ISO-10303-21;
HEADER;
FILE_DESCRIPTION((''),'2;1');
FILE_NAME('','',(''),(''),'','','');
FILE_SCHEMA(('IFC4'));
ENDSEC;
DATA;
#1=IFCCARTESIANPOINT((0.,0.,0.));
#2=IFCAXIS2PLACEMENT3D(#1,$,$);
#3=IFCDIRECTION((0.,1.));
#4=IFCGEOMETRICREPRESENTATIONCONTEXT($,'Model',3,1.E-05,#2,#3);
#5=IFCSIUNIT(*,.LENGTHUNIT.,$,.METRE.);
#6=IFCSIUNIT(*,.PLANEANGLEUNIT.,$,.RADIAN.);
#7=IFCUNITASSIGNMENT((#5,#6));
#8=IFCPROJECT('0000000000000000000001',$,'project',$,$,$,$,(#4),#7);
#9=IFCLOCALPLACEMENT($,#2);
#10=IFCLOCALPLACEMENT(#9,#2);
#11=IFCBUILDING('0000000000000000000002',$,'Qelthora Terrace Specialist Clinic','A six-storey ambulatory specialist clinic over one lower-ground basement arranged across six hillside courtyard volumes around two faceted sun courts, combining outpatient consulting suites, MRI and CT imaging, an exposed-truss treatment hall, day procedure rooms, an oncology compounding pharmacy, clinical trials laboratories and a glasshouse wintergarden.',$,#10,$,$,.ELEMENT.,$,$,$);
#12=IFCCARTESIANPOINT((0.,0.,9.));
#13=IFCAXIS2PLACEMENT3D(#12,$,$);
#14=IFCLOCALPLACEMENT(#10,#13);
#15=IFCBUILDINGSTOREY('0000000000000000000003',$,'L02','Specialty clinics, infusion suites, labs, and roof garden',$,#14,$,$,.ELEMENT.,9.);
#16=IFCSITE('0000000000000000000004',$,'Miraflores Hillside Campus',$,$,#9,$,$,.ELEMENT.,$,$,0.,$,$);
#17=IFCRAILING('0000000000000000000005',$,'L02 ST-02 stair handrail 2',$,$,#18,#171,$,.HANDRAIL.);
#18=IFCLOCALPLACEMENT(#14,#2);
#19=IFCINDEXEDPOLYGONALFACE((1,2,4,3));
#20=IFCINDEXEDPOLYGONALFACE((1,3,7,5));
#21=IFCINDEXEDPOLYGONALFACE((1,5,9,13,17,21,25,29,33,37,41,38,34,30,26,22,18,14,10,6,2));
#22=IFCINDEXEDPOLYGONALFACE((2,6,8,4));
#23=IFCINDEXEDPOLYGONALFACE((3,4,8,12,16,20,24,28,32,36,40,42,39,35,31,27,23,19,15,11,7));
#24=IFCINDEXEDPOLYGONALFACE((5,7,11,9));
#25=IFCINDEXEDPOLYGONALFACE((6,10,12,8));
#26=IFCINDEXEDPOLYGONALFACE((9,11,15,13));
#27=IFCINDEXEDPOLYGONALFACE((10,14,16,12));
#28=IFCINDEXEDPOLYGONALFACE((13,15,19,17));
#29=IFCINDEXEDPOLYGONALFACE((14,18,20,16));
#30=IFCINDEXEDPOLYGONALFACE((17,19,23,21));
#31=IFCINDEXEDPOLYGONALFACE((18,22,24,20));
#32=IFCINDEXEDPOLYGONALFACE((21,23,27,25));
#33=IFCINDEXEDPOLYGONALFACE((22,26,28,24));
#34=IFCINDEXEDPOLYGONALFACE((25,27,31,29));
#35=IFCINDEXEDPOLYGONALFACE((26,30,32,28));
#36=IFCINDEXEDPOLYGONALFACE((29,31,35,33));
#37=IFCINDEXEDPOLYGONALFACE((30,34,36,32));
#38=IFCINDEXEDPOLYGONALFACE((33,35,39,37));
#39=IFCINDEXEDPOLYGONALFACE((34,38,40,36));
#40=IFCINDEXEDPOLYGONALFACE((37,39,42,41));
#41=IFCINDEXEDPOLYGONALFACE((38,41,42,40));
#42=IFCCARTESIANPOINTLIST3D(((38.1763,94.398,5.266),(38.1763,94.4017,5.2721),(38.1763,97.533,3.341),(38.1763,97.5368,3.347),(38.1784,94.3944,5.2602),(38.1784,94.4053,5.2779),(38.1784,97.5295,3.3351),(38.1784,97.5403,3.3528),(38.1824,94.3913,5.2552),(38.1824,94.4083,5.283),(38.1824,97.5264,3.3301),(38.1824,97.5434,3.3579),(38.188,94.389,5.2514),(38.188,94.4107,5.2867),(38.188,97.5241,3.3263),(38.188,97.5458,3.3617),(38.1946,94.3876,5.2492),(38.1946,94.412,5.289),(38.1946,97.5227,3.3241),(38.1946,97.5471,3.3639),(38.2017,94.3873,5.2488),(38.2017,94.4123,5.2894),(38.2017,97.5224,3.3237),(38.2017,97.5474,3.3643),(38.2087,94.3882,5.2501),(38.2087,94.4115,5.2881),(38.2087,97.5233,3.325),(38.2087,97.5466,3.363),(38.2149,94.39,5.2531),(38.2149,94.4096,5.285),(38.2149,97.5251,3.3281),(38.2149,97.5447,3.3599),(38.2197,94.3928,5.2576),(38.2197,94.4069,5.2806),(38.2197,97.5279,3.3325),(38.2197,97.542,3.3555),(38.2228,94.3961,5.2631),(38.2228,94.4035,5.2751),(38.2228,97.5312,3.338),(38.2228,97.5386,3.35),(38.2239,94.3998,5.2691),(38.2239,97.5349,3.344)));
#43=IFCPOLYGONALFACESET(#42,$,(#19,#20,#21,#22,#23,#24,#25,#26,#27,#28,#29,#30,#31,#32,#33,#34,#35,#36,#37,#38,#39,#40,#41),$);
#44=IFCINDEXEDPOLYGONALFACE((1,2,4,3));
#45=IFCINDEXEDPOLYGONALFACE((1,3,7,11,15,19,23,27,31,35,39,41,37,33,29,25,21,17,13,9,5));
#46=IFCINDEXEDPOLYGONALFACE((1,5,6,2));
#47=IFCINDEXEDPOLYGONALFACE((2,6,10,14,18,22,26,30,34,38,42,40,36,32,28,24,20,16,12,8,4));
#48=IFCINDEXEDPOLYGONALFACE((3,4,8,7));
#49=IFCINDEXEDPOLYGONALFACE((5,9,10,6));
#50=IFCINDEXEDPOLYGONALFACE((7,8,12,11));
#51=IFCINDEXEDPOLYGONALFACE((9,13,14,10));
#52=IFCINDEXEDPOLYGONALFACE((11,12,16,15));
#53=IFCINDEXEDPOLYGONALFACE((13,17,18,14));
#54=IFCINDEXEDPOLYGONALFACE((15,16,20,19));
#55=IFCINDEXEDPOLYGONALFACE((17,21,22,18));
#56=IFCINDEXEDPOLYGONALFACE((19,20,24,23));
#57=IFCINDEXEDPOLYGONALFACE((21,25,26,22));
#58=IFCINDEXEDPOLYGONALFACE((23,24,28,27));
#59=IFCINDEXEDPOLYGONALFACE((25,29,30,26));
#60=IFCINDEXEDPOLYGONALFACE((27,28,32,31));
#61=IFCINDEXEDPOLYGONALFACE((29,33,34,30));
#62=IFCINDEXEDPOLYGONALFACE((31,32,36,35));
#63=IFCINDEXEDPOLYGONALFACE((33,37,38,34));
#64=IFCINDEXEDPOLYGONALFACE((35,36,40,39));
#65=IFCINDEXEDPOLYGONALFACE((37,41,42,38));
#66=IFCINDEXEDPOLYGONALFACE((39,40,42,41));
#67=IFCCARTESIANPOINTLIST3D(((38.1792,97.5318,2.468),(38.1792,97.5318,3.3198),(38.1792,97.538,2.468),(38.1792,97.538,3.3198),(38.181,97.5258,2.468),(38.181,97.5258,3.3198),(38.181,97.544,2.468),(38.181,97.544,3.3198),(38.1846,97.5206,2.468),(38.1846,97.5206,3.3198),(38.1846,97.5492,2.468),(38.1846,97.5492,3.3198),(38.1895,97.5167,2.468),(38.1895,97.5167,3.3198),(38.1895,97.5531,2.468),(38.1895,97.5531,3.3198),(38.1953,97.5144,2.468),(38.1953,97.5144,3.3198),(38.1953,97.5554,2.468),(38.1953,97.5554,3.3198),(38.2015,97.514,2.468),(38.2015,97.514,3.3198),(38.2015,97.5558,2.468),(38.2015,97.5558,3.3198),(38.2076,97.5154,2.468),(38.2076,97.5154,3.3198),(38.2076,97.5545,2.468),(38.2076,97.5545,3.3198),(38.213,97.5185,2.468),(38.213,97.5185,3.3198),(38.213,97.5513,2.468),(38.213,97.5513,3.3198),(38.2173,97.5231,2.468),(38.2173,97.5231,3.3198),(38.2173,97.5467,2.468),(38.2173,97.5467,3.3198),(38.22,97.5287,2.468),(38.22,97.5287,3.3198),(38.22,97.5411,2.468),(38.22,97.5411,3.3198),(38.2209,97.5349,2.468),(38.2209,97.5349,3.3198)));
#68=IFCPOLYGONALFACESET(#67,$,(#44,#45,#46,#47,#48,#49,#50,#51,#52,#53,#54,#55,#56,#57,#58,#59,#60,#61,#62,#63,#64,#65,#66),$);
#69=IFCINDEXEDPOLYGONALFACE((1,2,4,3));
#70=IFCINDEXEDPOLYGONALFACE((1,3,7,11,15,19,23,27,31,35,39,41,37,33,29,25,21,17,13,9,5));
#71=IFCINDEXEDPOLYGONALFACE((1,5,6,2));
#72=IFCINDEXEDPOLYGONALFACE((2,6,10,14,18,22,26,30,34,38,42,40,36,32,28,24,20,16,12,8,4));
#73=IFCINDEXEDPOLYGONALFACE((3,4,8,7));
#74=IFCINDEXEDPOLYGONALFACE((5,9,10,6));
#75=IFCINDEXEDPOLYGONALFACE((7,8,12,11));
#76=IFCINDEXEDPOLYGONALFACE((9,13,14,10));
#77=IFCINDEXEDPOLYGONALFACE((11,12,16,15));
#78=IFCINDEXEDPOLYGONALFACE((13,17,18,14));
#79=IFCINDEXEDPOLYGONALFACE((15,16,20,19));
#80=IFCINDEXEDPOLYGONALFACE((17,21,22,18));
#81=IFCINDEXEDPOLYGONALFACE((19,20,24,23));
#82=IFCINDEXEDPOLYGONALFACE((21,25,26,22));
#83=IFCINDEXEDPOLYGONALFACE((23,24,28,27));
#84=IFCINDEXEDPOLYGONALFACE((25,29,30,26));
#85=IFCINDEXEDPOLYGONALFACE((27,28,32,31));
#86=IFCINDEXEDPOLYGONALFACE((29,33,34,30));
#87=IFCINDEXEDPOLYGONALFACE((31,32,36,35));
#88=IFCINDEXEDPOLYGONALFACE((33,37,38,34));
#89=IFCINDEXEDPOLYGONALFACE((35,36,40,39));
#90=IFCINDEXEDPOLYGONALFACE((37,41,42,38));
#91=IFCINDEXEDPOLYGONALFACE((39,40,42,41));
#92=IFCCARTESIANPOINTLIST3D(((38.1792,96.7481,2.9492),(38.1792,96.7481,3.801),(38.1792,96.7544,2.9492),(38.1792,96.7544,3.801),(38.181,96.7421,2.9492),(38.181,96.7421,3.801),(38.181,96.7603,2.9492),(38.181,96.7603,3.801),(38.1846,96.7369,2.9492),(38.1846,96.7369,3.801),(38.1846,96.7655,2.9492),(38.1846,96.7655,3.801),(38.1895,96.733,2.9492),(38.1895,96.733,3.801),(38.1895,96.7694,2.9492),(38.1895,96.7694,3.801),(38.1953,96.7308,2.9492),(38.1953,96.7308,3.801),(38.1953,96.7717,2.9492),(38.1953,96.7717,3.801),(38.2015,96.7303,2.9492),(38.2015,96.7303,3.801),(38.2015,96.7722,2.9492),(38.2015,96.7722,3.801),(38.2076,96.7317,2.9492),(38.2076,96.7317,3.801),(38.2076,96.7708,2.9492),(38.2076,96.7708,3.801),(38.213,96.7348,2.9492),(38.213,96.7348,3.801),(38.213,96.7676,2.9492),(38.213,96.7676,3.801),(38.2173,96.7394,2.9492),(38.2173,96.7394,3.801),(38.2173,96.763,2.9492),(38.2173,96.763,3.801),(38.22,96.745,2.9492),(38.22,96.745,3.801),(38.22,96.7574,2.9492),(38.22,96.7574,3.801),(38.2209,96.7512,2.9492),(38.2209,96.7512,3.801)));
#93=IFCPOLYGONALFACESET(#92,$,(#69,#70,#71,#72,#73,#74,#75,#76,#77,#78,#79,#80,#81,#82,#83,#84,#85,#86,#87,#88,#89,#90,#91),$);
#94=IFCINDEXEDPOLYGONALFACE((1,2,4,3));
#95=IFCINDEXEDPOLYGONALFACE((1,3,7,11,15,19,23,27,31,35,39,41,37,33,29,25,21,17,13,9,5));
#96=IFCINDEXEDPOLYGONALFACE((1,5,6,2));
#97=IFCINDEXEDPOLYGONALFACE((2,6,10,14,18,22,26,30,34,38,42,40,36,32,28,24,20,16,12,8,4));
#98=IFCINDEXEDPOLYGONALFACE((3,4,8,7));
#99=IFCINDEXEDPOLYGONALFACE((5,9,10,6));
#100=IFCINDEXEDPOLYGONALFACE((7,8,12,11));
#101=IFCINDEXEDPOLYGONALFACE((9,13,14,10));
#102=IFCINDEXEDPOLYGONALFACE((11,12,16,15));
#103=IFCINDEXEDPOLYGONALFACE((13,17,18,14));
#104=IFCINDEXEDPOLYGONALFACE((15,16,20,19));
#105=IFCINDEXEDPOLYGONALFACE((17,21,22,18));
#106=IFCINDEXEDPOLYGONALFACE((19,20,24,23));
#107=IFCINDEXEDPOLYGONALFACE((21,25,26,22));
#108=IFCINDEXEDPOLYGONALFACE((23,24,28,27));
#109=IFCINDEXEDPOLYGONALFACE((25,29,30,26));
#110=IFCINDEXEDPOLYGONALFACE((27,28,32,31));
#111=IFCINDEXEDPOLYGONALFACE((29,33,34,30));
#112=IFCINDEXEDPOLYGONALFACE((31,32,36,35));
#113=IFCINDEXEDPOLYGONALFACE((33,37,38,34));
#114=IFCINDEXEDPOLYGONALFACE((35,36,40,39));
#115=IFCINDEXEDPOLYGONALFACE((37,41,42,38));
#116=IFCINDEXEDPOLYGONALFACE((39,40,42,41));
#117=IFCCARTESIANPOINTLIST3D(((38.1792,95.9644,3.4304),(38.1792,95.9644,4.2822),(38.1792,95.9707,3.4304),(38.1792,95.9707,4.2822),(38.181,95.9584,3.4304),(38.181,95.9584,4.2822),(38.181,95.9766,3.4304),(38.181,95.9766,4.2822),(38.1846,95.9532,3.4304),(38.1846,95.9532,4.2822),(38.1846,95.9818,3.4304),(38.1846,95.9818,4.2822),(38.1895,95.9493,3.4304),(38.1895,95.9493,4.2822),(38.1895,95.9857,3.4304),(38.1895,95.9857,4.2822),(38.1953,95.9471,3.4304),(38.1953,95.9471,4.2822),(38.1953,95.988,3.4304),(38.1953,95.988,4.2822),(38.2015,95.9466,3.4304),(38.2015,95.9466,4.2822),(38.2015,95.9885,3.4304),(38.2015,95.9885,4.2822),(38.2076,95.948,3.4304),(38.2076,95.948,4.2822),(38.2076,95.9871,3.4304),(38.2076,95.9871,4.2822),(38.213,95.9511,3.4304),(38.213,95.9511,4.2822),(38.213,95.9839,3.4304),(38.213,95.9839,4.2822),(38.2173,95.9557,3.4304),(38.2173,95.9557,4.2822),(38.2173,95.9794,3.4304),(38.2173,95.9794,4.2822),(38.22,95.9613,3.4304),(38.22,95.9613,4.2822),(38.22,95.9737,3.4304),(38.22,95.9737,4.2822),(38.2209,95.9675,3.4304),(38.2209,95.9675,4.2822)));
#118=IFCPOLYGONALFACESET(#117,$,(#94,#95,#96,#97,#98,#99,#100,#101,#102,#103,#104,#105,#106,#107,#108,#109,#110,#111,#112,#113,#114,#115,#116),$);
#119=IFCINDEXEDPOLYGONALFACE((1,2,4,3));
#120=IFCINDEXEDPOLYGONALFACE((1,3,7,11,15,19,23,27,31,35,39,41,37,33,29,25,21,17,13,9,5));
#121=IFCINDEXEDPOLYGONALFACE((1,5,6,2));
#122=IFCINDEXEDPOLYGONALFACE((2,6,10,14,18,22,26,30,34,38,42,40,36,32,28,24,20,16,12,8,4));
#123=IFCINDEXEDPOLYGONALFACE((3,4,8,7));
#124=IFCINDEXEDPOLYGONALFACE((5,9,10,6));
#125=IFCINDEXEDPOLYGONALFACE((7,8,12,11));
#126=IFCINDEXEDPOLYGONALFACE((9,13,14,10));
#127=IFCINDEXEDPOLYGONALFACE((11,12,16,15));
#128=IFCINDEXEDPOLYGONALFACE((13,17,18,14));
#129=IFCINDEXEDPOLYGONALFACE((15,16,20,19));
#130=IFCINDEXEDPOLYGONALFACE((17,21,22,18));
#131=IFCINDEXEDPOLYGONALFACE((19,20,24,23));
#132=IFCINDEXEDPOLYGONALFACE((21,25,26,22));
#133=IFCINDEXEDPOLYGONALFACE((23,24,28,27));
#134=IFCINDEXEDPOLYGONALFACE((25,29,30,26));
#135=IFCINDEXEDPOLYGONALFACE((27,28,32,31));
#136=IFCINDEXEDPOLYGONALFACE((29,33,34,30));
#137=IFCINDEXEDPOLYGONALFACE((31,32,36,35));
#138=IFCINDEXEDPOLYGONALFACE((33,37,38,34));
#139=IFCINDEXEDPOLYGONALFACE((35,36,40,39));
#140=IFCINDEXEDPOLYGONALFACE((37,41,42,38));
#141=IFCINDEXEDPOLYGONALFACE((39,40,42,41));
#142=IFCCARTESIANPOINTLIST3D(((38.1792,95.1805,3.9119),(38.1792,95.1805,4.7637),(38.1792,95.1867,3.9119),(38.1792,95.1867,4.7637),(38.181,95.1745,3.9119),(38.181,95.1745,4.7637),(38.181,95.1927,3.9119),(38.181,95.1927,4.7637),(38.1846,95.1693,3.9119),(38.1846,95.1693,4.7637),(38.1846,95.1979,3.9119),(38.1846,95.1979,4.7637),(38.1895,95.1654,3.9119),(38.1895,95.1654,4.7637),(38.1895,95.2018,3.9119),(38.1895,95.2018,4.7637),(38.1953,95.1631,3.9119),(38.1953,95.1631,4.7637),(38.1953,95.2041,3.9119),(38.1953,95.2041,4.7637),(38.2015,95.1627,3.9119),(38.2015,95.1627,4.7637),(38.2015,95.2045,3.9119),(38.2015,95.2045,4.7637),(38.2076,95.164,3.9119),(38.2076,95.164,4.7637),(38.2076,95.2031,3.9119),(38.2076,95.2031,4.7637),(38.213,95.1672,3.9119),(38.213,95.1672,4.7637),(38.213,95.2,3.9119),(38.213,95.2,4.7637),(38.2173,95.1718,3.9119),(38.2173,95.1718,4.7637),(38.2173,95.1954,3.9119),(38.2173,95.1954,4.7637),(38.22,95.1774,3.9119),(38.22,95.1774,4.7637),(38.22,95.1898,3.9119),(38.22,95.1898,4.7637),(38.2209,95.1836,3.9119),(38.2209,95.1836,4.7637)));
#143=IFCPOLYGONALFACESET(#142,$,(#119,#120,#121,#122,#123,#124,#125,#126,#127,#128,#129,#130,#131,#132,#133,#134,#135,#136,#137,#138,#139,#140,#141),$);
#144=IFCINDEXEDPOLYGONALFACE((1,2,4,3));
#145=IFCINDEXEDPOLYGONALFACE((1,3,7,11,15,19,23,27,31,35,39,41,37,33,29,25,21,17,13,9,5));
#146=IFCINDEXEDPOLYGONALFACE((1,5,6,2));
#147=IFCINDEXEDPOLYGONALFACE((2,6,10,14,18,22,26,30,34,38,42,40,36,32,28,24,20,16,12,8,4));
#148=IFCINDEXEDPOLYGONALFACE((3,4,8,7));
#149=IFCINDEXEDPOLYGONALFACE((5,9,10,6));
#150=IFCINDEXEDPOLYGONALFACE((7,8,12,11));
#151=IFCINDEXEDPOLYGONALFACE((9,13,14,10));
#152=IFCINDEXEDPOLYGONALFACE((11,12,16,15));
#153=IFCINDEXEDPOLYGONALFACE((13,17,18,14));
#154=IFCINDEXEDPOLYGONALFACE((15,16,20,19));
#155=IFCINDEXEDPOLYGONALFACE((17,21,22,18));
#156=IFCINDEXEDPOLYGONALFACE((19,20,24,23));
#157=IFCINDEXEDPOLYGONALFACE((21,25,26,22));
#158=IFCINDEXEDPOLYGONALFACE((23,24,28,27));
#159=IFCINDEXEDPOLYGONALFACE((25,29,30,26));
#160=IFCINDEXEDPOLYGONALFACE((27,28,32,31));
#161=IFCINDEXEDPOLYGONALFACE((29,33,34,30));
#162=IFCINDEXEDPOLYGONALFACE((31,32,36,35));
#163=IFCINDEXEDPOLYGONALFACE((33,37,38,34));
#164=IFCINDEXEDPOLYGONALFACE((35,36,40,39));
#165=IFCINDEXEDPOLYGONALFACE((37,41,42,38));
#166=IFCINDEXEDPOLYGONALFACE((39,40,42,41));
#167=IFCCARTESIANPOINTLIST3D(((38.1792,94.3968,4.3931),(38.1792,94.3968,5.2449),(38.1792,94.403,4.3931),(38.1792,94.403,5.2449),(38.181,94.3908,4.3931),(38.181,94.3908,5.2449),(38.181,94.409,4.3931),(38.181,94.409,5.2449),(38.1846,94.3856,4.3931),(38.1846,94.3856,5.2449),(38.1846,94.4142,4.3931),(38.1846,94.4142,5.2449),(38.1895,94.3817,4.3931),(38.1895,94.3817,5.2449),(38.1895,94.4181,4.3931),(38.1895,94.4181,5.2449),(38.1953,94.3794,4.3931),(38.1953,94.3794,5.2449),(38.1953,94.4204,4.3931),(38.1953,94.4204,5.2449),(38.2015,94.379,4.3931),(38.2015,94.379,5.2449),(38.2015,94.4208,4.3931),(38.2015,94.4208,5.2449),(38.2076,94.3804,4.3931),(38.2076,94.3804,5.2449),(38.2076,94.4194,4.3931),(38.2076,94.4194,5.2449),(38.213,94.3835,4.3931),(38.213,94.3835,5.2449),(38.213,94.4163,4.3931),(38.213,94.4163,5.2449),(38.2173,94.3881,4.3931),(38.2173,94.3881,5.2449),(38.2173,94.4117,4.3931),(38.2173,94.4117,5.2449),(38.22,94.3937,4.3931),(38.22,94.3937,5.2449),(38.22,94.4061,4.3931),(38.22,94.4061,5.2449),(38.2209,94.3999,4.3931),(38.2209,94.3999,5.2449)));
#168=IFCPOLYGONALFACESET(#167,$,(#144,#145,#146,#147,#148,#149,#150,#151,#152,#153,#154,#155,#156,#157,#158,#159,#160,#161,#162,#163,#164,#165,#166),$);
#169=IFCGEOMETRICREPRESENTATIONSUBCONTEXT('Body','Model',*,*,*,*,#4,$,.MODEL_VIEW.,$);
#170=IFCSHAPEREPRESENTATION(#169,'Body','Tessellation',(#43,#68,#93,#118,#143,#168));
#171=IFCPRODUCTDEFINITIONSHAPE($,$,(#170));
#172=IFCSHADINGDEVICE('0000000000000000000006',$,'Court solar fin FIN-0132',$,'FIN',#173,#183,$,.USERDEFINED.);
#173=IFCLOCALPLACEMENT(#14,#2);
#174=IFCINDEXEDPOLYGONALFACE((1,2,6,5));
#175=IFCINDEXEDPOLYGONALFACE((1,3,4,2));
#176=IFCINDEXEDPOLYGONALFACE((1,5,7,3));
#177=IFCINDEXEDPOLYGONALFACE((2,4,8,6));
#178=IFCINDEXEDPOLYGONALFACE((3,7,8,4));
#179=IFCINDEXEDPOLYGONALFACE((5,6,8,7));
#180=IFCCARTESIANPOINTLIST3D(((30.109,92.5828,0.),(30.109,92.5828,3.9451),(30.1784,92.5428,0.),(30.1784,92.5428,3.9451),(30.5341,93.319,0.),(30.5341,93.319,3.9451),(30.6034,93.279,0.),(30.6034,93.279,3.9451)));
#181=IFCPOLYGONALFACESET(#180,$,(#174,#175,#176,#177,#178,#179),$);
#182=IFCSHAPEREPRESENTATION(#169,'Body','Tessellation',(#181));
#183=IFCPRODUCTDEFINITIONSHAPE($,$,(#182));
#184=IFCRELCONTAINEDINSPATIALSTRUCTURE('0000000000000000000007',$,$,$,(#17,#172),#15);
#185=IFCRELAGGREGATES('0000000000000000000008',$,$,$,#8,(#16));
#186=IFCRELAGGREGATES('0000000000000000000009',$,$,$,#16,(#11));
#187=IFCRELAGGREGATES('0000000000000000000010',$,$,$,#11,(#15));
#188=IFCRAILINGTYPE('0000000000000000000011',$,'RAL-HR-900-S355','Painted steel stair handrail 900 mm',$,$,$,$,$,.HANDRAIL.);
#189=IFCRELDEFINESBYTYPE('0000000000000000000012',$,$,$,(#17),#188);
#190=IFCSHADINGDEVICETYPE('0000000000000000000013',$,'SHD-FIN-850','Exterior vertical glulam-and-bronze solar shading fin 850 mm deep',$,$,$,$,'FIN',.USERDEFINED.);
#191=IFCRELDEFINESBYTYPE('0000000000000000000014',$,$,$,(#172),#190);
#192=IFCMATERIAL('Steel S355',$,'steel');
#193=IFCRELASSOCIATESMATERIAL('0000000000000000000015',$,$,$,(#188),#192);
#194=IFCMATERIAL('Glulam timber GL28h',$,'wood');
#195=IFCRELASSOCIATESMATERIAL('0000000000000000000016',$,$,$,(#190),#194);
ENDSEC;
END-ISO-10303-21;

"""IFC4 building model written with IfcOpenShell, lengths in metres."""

from ifc_helpers import new_model, si_unit, direction, frame, origin, origin_2d, place, context, subcontext, project, spatial, rectangle, circle, extrude, material, type_object, element, save


model = new_model("IFC4")

# Units and contexts
model_context = context("Model", 3, precision=1e-05, world=origin(), true_north=direction((0.0, 1.0)))
body_context = subcontext(model_context, "Body", "Model", "MODEL_VIEW")
ifc_project = project(units=[si_unit("LENGTHUNIT", "METRE"), si_unit("PLANEANGLEUNIT", "RADIAN")], contexts=[model_context])

# Site, building, storey
site_placement = place(None, origin())
site = spatial("IfcSite", under=ifc_project, at=site_placement, Name="Miraflores Hillside Campus", CompositionType="ELEMENT", RefElevation=0.0)
building_placement = place(site_placement, origin())
building = spatial("IfcBuilding", under=site, at=building_placement, Name="Qelthora Terrace Specialist Clinic", Description="A six-storey ambulatory specialist clinic over one lower-ground basement arranged across six hillside courtyard volumes around two faceted sun courts, combining outpatient consulting suites, MRI and CT imaging, an exposed-truss treatment hall, day procedure rooms, an oncology compounding pharmacy, clinical trials laboratories and a glasshouse wintergarden.", CompositionType="ELEMENT")
storey_placement = place(building_placement, frame((0.0, 0.0, 9.0)))
storey = spatial("IfcBuildingStorey", under=building, at=storey_placement, Name="L02", Description="Specialty clinics, infusion suites, labs, and roof garden", CompositionType="ELEMENT", Elevation=9.0)

# Shared definitions
ifc_material_1 = material(Name="Steel S355", Category="steel")

# Railing
railing_type_1 = type_object("IfcRailingType", Name="RAL-HR-900-S355", Description="Painted steel stair handrail 900 mm", PredefinedType="HANDRAIL", material=ifc_material_1)
railing_1_placement = place(storey_placement, frame((38.2, 97.5349, 2.468)))
element("IfcRailing", 1, at=railing_1_placement, inside=storey, type_object=railing_type_1, Name="L02 ST-02 stair handrail 2", PredefinedType="HANDRAIL", context=body_context, shape_type="SweptSolid", body=[
    extrude(circle(Radius=0.0239, at=origin_2d()), frame((0.0, 0.0, 0.876), z_axis=(0.0, -0.852166, 0.523271), x_axis=(1.0, 0.0, 0.0)), (0.0, 0.0, 1.0), 3.679),
    extrude(circle(Radius=0.021, at=origin_2d()), origin(), (0.0, 0.0, 1.0), 0.8518),
    extrude(circle(Radius=0.021, at=origin_2d()), frame((0.0, -0.7837, 0.4812)), (0.0, 0.0, 1.0), 0.8518),
    extrude(circle(Radius=0.021, at=origin_2d()), frame((0.0, -1.5674, 0.9624)), (0.0, 0.0, 1.0), 0.8518),
    extrude(circle(Radius=0.021, at=origin_2d()), frame((0.0, -2.3513, 1.4438)), (0.0, 0.0, 1.0), 0.8518),
    extrude(circle(Radius=0.021, at=origin_2d()), frame((0.0, -3.135, 1.925)), (0.0, 0.0, 1.0), 0.8518),
])

# Shading device
ifc_material_2 = material(Name="Glulam timber GL28h", Category="wood")
shading_device_type = type_object("IfcShadingDeviceType", Name="SHD-FIN-850", Description="Exterior vertical glulam-and-bronze solar shading fin 850 mm deep", ElementType="FIN", PredefinedType="USERDEFINED", material=ifc_material_2)
shading_device_placement = place(storey_placement, frame((30.3562, 92.9309, 0.0), z_axis=(0.0, 0.0, 1.0), x_axis=(-0.5, -0.866025, 0.0)))
element("IfcShadingDevice", 2, at=shading_device_placement, inside=storey, type_object=shading_device_type, Name="Court solar fin FIN-0132", ObjectType="FIN", PredefinedType="USERDEFINED", context=body_context, shape_type="SweptSolid", body=[
    extrude(rectangle(XDim=0.8501, YDim=0.0801, at=origin_2d()), origin(), (0.0, 0.0, 1.0), 3.9451),
])

save(model, "model.ifc")
